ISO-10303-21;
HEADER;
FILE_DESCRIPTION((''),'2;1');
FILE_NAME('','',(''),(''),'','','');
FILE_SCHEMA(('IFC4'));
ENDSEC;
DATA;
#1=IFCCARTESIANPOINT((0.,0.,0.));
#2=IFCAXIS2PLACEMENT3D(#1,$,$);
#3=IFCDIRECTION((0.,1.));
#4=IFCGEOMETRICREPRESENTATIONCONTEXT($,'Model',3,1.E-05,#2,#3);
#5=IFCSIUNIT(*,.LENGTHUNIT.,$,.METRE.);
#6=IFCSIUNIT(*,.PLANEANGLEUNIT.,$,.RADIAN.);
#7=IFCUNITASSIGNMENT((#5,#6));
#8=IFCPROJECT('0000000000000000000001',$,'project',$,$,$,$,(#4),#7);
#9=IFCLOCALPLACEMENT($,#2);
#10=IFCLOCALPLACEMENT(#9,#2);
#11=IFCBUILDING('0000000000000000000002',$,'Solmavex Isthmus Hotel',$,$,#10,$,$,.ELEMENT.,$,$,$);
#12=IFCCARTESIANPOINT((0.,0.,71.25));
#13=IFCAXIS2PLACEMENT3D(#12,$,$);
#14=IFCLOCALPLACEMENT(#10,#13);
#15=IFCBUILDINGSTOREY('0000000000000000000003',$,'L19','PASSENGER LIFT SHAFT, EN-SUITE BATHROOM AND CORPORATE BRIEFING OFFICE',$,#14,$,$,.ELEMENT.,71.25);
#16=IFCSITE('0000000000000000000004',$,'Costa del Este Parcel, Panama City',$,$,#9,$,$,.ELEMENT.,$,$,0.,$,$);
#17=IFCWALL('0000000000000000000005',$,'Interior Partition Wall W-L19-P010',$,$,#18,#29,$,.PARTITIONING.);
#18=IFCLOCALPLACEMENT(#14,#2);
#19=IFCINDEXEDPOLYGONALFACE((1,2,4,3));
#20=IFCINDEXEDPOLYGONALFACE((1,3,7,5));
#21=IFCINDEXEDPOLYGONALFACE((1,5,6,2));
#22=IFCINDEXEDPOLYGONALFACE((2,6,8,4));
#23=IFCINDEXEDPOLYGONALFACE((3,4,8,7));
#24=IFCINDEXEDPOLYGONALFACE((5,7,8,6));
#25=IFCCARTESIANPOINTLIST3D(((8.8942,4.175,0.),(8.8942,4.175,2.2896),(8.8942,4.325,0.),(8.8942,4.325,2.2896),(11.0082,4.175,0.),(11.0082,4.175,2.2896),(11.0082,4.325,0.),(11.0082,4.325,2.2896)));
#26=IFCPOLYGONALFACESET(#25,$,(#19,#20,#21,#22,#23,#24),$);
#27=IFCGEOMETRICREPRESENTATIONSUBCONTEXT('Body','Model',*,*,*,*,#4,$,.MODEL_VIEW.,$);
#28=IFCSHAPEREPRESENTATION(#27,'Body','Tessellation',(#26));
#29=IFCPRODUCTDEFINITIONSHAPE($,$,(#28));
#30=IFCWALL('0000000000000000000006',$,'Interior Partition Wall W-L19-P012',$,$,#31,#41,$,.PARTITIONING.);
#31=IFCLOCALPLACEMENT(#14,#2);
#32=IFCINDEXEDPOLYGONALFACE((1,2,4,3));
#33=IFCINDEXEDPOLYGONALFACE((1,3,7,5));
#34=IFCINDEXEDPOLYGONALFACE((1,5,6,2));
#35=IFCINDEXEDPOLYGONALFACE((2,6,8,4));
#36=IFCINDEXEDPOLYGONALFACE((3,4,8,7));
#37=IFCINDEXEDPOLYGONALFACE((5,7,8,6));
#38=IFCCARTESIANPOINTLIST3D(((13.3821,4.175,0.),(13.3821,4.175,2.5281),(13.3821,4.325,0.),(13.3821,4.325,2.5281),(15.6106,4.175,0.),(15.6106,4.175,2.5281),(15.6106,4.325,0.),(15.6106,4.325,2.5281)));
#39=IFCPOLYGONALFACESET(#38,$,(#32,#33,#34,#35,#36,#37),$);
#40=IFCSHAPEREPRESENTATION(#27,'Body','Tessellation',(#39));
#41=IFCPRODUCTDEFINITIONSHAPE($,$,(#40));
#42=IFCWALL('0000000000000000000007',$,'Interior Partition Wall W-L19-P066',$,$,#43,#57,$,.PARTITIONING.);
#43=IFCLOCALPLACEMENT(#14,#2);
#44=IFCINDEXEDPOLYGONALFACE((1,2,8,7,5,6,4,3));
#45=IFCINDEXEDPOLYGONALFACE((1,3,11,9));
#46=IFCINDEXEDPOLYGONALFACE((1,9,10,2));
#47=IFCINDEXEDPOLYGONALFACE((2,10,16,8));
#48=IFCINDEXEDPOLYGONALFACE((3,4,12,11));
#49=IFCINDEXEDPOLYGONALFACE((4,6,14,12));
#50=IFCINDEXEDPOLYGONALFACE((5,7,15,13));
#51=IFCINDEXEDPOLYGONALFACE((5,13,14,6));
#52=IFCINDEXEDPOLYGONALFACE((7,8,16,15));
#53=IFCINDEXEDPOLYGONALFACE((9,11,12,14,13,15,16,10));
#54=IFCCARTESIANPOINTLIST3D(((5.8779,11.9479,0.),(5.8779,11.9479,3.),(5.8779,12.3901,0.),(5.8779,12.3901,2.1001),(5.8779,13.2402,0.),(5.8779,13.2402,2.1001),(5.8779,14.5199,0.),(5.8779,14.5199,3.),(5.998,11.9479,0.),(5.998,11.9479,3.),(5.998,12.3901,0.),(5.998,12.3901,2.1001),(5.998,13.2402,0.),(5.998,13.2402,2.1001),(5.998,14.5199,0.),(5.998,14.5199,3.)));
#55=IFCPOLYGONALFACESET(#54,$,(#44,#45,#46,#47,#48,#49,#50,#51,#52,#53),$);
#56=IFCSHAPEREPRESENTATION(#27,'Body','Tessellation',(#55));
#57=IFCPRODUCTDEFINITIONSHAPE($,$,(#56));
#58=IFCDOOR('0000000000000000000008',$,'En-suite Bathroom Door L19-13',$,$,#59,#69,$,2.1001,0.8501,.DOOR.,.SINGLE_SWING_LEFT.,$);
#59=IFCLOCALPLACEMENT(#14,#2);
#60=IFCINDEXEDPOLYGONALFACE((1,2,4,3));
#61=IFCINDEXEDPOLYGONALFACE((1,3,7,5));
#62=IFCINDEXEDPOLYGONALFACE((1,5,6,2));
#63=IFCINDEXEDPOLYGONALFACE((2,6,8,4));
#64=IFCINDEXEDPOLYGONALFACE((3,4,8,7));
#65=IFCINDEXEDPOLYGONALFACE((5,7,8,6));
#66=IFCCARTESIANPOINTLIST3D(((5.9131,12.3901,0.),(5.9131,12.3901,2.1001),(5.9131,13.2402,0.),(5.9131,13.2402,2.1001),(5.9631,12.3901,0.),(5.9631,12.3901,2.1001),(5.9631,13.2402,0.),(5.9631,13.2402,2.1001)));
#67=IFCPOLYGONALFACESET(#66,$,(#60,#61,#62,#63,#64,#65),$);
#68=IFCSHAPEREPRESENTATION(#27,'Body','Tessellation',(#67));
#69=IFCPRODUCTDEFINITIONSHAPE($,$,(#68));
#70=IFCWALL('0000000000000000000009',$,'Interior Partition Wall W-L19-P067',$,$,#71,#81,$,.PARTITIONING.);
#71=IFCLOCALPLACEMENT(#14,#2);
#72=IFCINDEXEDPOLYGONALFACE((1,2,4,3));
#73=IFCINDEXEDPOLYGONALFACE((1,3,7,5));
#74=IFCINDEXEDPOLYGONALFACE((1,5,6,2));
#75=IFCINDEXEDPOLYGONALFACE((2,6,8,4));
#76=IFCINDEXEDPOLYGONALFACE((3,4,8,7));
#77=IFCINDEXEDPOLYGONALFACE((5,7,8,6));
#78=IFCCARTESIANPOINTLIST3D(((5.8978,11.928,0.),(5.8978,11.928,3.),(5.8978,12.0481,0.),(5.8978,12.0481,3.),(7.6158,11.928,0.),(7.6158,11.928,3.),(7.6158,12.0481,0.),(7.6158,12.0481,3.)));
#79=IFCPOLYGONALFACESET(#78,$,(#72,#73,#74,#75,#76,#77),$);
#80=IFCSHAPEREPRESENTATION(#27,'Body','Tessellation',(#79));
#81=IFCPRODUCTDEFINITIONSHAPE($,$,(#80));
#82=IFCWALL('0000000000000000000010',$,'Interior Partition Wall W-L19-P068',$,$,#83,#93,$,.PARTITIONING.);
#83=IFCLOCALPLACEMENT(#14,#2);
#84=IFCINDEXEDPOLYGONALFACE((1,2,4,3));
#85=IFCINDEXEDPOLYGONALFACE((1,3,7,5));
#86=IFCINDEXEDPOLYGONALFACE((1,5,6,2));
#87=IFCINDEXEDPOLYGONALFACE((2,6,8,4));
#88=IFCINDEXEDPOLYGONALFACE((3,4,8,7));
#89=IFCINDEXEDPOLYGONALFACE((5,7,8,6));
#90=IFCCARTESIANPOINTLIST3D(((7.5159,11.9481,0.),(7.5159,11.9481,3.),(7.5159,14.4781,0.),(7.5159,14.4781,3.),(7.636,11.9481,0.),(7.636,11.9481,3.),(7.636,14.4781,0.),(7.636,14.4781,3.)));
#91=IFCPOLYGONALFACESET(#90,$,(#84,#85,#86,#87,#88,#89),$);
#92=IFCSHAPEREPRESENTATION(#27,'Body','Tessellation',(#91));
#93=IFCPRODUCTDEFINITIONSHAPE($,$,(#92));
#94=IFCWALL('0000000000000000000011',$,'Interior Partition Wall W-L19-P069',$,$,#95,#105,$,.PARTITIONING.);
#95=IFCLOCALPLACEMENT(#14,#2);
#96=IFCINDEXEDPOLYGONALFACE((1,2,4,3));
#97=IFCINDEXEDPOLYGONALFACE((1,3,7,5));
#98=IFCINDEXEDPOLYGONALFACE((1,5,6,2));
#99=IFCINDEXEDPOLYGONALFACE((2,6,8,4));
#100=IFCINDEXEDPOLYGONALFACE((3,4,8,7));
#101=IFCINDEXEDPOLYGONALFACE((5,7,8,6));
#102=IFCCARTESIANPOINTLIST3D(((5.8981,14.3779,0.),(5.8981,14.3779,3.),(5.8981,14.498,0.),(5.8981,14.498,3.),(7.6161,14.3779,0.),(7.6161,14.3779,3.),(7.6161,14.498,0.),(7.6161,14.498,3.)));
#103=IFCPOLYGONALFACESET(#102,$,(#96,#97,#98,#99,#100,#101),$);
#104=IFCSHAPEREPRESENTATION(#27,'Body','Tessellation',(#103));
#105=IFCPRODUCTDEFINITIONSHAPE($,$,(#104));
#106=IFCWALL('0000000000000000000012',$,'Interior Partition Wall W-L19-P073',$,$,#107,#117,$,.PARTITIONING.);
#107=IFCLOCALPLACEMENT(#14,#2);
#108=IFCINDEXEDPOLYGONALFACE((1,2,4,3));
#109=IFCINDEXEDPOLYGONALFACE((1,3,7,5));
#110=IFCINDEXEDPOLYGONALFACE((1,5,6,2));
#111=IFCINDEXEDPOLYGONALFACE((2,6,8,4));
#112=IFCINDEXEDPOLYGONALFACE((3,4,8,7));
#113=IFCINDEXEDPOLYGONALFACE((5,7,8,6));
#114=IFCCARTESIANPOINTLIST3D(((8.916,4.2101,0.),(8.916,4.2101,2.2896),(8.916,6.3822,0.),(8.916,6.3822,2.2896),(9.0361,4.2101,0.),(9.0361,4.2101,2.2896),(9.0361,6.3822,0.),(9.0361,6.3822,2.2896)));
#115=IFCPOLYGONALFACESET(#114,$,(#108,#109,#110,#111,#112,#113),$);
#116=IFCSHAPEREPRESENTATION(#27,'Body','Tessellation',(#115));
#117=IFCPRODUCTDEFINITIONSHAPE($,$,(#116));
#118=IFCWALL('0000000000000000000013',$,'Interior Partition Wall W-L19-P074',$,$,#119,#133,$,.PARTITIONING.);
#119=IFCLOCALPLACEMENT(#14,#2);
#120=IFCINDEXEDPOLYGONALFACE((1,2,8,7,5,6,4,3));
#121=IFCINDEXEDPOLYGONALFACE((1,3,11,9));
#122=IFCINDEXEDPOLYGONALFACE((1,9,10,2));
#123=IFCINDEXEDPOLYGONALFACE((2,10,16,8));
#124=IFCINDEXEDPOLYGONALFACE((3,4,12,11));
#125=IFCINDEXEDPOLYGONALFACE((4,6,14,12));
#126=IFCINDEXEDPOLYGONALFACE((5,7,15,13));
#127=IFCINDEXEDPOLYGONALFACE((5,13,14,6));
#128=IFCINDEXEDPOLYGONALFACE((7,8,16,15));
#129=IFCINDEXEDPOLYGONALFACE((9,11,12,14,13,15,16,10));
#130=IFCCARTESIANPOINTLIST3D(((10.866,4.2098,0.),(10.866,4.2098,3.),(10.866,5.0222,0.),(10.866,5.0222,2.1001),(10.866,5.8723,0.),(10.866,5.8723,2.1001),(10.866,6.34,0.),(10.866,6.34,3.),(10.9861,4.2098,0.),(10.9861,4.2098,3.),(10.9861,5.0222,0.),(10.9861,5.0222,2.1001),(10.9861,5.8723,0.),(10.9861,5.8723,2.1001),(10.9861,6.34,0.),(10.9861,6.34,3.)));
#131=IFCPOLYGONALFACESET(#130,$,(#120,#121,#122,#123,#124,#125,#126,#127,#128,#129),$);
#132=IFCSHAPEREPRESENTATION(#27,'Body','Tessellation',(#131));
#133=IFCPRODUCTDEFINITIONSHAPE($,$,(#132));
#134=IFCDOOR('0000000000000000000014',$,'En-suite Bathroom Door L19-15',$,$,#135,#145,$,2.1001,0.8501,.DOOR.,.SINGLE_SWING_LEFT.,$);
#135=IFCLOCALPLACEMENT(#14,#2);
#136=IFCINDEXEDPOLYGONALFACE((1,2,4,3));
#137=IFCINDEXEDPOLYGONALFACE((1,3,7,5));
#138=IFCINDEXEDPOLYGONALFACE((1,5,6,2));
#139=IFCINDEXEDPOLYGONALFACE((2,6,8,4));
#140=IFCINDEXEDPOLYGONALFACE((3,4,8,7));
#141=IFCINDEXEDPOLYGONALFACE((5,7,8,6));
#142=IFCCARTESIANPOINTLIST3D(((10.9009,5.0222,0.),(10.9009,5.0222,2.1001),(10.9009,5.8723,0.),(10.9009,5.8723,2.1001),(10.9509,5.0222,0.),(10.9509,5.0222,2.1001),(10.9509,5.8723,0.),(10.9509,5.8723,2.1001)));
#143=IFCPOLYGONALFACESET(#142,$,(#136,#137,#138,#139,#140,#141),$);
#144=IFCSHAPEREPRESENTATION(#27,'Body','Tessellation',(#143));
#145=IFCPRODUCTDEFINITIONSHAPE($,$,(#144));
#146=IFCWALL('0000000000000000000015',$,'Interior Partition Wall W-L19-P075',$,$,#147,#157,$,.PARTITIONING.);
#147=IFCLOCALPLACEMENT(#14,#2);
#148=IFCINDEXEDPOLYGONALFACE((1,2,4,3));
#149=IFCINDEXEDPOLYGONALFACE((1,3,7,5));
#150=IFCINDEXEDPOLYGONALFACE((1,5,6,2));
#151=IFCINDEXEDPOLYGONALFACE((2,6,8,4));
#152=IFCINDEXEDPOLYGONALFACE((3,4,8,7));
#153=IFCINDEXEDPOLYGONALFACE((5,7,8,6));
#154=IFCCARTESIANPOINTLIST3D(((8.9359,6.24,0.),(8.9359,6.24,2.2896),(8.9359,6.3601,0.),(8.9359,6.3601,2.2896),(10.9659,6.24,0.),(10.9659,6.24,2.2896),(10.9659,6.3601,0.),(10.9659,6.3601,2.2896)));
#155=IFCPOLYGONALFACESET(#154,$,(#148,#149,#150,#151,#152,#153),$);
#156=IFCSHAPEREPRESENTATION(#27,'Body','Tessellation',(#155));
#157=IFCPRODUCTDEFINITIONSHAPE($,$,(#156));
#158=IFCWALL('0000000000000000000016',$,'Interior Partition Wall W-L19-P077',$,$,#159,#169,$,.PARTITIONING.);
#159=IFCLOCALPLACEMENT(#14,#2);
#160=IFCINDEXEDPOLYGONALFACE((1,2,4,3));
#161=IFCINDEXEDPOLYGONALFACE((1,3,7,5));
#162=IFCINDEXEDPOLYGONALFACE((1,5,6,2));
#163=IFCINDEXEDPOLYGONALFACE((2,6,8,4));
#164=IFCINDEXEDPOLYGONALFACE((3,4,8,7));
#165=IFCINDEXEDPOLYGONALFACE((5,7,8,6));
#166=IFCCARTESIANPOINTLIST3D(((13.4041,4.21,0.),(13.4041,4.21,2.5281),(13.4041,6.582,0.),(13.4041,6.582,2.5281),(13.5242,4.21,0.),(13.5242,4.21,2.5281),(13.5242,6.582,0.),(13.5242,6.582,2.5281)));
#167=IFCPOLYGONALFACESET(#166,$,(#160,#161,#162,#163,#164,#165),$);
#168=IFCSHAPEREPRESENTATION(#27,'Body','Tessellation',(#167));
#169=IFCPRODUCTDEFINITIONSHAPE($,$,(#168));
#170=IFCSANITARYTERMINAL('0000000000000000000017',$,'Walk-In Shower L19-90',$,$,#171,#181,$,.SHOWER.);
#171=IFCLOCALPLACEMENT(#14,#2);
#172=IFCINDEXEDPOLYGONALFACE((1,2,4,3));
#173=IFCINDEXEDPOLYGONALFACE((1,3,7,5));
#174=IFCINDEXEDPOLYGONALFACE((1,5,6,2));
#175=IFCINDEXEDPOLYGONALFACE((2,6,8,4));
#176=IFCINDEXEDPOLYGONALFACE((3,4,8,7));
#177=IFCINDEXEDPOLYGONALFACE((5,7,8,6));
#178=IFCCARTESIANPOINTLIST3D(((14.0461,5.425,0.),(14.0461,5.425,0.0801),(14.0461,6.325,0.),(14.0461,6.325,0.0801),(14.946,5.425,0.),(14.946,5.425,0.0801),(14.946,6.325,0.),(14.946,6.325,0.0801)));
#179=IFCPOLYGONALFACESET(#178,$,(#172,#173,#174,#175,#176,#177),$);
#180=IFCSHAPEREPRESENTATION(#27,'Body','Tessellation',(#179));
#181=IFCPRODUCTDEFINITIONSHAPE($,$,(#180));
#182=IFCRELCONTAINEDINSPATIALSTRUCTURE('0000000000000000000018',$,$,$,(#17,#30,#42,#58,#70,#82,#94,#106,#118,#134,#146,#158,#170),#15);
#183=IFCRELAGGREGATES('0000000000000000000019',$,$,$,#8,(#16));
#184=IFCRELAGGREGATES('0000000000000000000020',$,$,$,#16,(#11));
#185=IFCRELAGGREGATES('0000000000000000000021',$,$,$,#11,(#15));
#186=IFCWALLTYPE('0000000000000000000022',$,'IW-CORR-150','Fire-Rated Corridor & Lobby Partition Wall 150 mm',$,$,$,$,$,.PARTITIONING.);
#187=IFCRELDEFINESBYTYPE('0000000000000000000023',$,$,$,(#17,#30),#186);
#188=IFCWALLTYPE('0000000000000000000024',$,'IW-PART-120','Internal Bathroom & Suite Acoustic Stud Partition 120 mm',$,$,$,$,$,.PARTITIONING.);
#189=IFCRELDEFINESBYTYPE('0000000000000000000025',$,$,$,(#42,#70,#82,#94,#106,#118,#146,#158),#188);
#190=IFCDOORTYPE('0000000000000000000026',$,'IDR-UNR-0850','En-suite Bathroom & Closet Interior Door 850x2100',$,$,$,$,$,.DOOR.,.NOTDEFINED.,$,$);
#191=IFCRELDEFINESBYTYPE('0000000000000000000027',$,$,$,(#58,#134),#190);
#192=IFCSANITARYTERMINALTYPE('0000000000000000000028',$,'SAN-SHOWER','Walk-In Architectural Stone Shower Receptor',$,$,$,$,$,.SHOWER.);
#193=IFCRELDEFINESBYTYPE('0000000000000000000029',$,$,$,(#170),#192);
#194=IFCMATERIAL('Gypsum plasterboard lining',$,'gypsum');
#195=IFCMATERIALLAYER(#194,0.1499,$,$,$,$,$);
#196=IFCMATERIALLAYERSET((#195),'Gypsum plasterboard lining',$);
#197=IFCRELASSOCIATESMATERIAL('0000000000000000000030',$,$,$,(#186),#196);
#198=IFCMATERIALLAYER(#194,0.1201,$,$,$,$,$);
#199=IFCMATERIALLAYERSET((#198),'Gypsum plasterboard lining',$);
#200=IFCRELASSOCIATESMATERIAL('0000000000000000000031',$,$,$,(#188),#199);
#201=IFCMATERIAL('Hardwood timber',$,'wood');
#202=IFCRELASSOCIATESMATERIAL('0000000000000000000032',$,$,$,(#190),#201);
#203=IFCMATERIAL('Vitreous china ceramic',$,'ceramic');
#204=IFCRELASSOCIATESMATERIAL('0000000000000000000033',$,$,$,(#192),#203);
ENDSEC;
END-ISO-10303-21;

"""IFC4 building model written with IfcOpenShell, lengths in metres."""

from ifc_helpers import new_model, si_unit, direction, frame, frame_2d, origin, origin_2d, place, context, subcontext, project, spatial, rectangle, extrude, material, layer, layer_set, type_object, element, fill, save


model = new_model("IFC4")

# Units and contexts
model_context = context("Model", 3, precision=1e-05, world=origin(), true_north=direction((0.0, 1.0)))
body_context = subcontext(model_context, "Body", "Model", "MODEL_VIEW")
ifc_project = project(units=[si_unit("LENGTHUNIT", "METRE"), si_unit("PLANEANGLEUNIT", "RADIAN")], contexts=[model_context])

# Site, building, storey
site_placement = place(None, origin())
site = spatial("IfcSite", under=ifc_project, at=site_placement, Name="Costa del Este Parcel, Panama City", CompositionType="ELEMENT", RefElevation=0.0)
building_placement = place(site_placement, origin())
building = spatial("IfcBuilding", under=site, at=building_placement, Name="Solmavex Isthmus Hotel", CompositionType="ELEMENT")
storey_placement = place(building_placement, frame((0.0, 0.0, 71.25)))
storey = spatial("IfcBuildingStorey", under=building, at=storey_placement, Name="L19", Description="PASSENGER LIFT SHAFT, EN-SUITE BATHROOM AND CORPORATE BRIEFING OFFICE", CompositionType="ELEMENT", Elevation=71.25)

# Shared definitions
ifc_material_1 = material(Name="Gypsum plasterboard lining", Category="gypsum")

# Shared definitions
ifc_material_2 = material(Name="Hardwood timber", Category="wood")

# Shared definitions
ifc_layer_1 = layer(ifc_material_1, 0.1499)
ifc_layer_set_1 = layer_set([ifc_layer_1], Name="Gypsum plasterboard lining")
wall_type_1 = type_object("IfcWallType", Name="IW-CORR-150", Description="Fire-Rated Corridor & Lobby Partition Wall 150 mm", PredefinedType="PARTITIONING", material=ifc_layer_set_1)

# Walls
wall_1_placement = place(storey_placement, frame((8.894, 4.25, 0.0), z_axis=(0.0, 0.0, 1.0), x_axis=(1.0, 0.0, 0.0)))
element("IfcWall", 1, at=wall_1_placement, inside=storey, type_object=wall_type_1, Name="Interior Partition Wall W-L19-P010", PredefinedType="PARTITIONING", context=body_context, shape_type="SweptSolid", body=[
    extrude(rectangle(XDim=2.114, YDim=0.1499, at=frame_2d((1.0571, 0.0))), origin(), (0.0, 0.0, 1.0), 2.2896),
])
wall_2_placement = place(storey_placement, frame((13.3821, 4.25, 0.0), z_axis=(0.0, 0.0, 1.0), x_axis=(1.0, 0.0, 0.0)))
element("IfcWall", 2, at=wall_2_placement, inside=storey, type_object=wall_type_1, Name="Interior Partition Wall W-L19-P012", PredefinedType="PARTITIONING", context=body_context, shape_type="SweptSolid", body=[
    extrude(rectangle(XDim=2.2285, YDim=0.1499, at=frame_2d((1.1143, 0.0))), origin(), (0.0, 0.0, 1.0), 2.5281),
])

# Wall, opening, door
ifc_layer_2 = layer(ifc_material_1, 0.1201)
ifc_layer_set_2 = layer_set([ifc_layer_2], Name="Gypsum plasterboard lining")
wall_type_2 = type_object("IfcWallType", Name="IW-PART-120", Description="Internal Bathroom & Suite Acoustic Stud Partition 120 mm", PredefinedType="PARTITIONING", material=ifc_layer_set_2)
wall_3_placement = place(storey_placement, frame((5.938, 14.52, 0.0), z_axis=(0.0, 0.0, 1.0), x_axis=(0.0, -1.0, 0.0)))
wall_3 = element("IfcWall", 3, at=wall_3_placement, inside=storey, type_object=wall_type_2, Name="Interior Partition Wall W-L19-P066", PredefinedType="PARTITIONING", context=body_context, shape_type="SweptSolid", body=[
    extrude(rectangle(XDim=2.572, YDim=0.1201, at=frame_2d((1.2861, 0.0))), origin(), (0.0, 0.0, 1.0), 3.0),
])
opening_1_placement = place(wall_3_placement, frame((1.2798, 0.0, 0.0)))
opening_1 = element("IfcOpeningElement", 4, at=opening_1_placement, cuts=wall_3, PredefinedType="OPENING", context=body_context, shape_type="SweptSolid", body=[
    extrude(rectangle(XDim=0.8501, YDim=2.1001, at=frame_2d((0.425, 1.05))), frame((0.0, 0.0701, 0.0), z_axis=(0.0, -1.0, 0.0), x_axis=(1.0, 0.0, 0.0)), (0.0, 0.0, 1.0), 0.1401),
])
door_type_1 = type_object("IfcDoorType", Name="IDR-UNR-0850", Description="En-suite Bathroom & Closet Interior Door 850x2100", OperationType="NOTDEFINED", PredefinedType="DOOR", material=ifc_material_2)
door_1_placement = place(opening_1_placement, frame((0.8501, 0.0, 0.0), z_axis=(0.0, 0.0, 1.0), x_axis=(-1.0, 0.0, 0.0)))
door_1 = element("IfcDoor", 5, at=door_1_placement, inside=storey, type_object=door_type_1, Name="En-suite Bathroom Door L19-13", OperationType="SINGLE_SWING_LEFT", OverallHeight=2.1001, OverallWidth=0.8501, PredefinedType="DOOR", context=body_context, shape_type="SweptSolid", body=[
    extrude(rectangle(XDim=0.8501, YDim=2.1001, at=frame_2d((0.425, 1.05))), frame((0.0, 0.0249, 0.0), z_axis=(0.0, -1.0, 0.0), x_axis=(1.0, 0.0, 0.0)), (0.0, 0.0, 1.0), 0.05),
])
fill(opening_1, door_1)

# Walls
wall_4_placement = place(storey_placement, frame((5.8979, 11.988, 0.0), z_axis=(0.0, 0.0, 1.0), x_axis=(1.0, 0.0, 0.0)))
element("IfcWall", 6, at=wall_4_placement, inside=storey, type_object=wall_type_2, Name="Interior Partition Wall W-L19-P067", PredefinedType="PARTITIONING", context=body_context, shape_type="SweptSolid", body=[
    extrude(rectangle(XDim=1.718, YDim=0.1201, at=frame_2d((0.8589, 0.0))), origin(), (0.0, 0.0, 1.0), 3.0),
])
wall_5_placement = place(storey_placement, frame((7.5759, 11.948, 0.0), z_axis=(0.0, 0.0, 1.0), x_axis=(0.0, 1.0, 0.0)))
element("IfcWall", 7, at=wall_5_placement, inside=storey, type_object=wall_type_2, Name="Interior Partition Wall W-L19-P068", PredefinedType="PARTITIONING", context=body_context, shape_type="SweptSolid", body=[
    extrude(rectangle(XDim=2.53, YDim=0.1201, at=frame_2d((1.2651, 0.0))), origin(), (0.0, 0.0, 1.0), 3.0),
])
wall_6_placement = place(storey_placement, frame((7.616, 14.438, 0.0), z_axis=(0.0, 0.0, 1.0), x_axis=(-1.0, 0.0, 0.0)))
element("IfcWall", 8, at=wall_6_placement, inside=storey, type_object=wall_type_2, Name="Interior Partition Wall W-L19-P069", PredefinedType="PARTITIONING", context=body_context, shape_type="SweptSolid", body=[
    extrude(rectangle(XDim=1.718, YDim=0.1201, at=frame_2d((0.8589, 0.0))), origin(), (0.0, 0.0, 1.0), 3.0),
])
wall_7_placement = place(storey_placement, frame((8.9761, 6.3821, 0.0), z_axis=(0.0, 0.0, 1.0), x_axis=(0.0, -1.0, 0.0)))
element("IfcWall", 9, at=wall_7_placement, inside=storey, type_object=wall_type_2, Name="Interior Partition Wall W-L19-P073", PredefinedType="PARTITIONING", context=body_context, shape_type="SweptSolid", body=[
    extrude(rectangle(XDim=2.1721, YDim=0.1201, at=frame_2d((1.0859, 0.0))), origin(), (0.0, 0.0, 1.0), 2.2896),
])

# Wall, opening, door
wall_8_placement = place(storey_placement, frame((10.926, 4.21, 0.0), z_axis=(0.0, 0.0, 1.0), x_axis=(0.0, 1.0, 0.0)))
wall_8 = element("IfcWall", 10, at=wall_8_placement, inside=storey, type_object=wall_type_2, Name="Interior Partition Wall W-L19-P074", PredefinedType="PARTITIONING", context=body_context, shape_type="SweptSolid", body=[
    extrude(rectangle(XDim=2.1301, YDim=0.1201, at=frame_2d((1.0649, 0.0))), origin(), (0.0, 0.0, 1.0), 3.0),
])
opening_2_placement = place(wall_8_placement, frame((0.8123, 0.0, 0.0)))
opening_2 = element("IfcOpeningElement", 11, at=opening_2_placement, cuts=wall_8, PredefinedType="OPENING", context=body_context, shape_type="SweptSolid", body=[
    extrude(rectangle(XDim=0.8501, YDim=2.1001, at=frame_2d((0.425, 1.05))), frame((0.0, 0.0701, 0.0), z_axis=(0.0, -1.0, 0.0), x_axis=(1.0, 0.0, 0.0)), (0.0, 0.0, 1.0), 0.1401),
])
door_2_placement = place(opening_2_placement, frame((0.8501, 0.0, 0.0), z_axis=(0.0, 0.0, 1.0), x_axis=(-1.0, 0.0, 0.0)))
door_2 = element("IfcDoor", 12, at=door_2_placement, inside=storey, type_object=door_type_1, Name="En-suite Bathroom Door L19-15", OperationType="SINGLE_SWING_LEFT", OverallHeight=2.1001, OverallWidth=0.8501, PredefinedType="DOOR", context=body_context, shape_type="SweptSolid", body=[
    extrude(rectangle(XDim=0.8501, YDim=2.1001, at=frame_2d((0.425, 1.05))), frame((0.0, 0.0249, 0.0), z_axis=(0.0, -1.0, 0.0), x_axis=(1.0, 0.0, 0.0)), (0.0, 0.0, 1.0), 0.05),
])
fill(opening_2, door_2)

# Walls
wall_9_placement = place(storey_placement, frame((10.9661, 6.3, 0.0), z_axis=(0.0, 0.0, 1.0), x_axis=(-1.0, 0.0, 0.0)))
element("IfcWall", 13, at=wall_9_placement, inside=storey, type_object=wall_type_2, Name="Interior Partition Wall W-L19-P075", PredefinedType="PARTITIONING", context=body_context, shape_type="SweptSolid", body=[
    extrude(rectangle(XDim=2.03, YDim=0.1201, at=frame_2d((1.0151, 0.0))), origin(), (0.0, 0.0, 1.0), 2.2896),
])
wall_10_placement = place(storey_placement, frame((13.4641, 6.582, 0.0), z_axis=(0.0, 0.0, 1.0), x_axis=(0.0, -1.0, 0.0)))
element("IfcWall", 14, at=wall_10_placement, inside=storey, type_object=wall_type_2, Name="Interior Partition Wall W-L19-P077", PredefinedType="PARTITIONING", context=body_context, shape_type="SweptSolid", body=[
    extrude(rectangle(XDim=2.3721, YDim=0.1201, at=frame_2d((1.186, 0.0))), origin(), (0.0, 0.0, 1.0), 2.5281),
])

# Sanitary terminal
ifc_material_3 = material(Name="Vitreous china ceramic", Category="ceramic")
sanitary_terminal_type_1 = type_object("IfcSanitaryTerminalType", Name="SAN-SHOWER", Description="Walk-In Architectural Stone Shower Receptor", PredefinedType="SHOWER", material=ifc_material_3)
sanitary_terminal_1_placement = place(storey_placement, frame((14.4961, 5.875, 0.0), z_axis=(0.0, 0.0, 1.0), x_axis=(1.0, 0.0, 0.0)))
element("IfcSanitaryTerminal", 15, at=sanitary_terminal_1_placement, inside=storey, type_object=sanitary_terminal_type_1, Name="Walk-In Shower L19-90", PredefinedType="SHOWER", context=body_context, shape_type="SweptSolid", body=[
    extrude(rectangle(XDim=0.8999, YDim=0.8999, at=origin_2d()), origin(), (0.0, 0.0, 1.0), 0.0801),
])

save(model, "model.ifc")
